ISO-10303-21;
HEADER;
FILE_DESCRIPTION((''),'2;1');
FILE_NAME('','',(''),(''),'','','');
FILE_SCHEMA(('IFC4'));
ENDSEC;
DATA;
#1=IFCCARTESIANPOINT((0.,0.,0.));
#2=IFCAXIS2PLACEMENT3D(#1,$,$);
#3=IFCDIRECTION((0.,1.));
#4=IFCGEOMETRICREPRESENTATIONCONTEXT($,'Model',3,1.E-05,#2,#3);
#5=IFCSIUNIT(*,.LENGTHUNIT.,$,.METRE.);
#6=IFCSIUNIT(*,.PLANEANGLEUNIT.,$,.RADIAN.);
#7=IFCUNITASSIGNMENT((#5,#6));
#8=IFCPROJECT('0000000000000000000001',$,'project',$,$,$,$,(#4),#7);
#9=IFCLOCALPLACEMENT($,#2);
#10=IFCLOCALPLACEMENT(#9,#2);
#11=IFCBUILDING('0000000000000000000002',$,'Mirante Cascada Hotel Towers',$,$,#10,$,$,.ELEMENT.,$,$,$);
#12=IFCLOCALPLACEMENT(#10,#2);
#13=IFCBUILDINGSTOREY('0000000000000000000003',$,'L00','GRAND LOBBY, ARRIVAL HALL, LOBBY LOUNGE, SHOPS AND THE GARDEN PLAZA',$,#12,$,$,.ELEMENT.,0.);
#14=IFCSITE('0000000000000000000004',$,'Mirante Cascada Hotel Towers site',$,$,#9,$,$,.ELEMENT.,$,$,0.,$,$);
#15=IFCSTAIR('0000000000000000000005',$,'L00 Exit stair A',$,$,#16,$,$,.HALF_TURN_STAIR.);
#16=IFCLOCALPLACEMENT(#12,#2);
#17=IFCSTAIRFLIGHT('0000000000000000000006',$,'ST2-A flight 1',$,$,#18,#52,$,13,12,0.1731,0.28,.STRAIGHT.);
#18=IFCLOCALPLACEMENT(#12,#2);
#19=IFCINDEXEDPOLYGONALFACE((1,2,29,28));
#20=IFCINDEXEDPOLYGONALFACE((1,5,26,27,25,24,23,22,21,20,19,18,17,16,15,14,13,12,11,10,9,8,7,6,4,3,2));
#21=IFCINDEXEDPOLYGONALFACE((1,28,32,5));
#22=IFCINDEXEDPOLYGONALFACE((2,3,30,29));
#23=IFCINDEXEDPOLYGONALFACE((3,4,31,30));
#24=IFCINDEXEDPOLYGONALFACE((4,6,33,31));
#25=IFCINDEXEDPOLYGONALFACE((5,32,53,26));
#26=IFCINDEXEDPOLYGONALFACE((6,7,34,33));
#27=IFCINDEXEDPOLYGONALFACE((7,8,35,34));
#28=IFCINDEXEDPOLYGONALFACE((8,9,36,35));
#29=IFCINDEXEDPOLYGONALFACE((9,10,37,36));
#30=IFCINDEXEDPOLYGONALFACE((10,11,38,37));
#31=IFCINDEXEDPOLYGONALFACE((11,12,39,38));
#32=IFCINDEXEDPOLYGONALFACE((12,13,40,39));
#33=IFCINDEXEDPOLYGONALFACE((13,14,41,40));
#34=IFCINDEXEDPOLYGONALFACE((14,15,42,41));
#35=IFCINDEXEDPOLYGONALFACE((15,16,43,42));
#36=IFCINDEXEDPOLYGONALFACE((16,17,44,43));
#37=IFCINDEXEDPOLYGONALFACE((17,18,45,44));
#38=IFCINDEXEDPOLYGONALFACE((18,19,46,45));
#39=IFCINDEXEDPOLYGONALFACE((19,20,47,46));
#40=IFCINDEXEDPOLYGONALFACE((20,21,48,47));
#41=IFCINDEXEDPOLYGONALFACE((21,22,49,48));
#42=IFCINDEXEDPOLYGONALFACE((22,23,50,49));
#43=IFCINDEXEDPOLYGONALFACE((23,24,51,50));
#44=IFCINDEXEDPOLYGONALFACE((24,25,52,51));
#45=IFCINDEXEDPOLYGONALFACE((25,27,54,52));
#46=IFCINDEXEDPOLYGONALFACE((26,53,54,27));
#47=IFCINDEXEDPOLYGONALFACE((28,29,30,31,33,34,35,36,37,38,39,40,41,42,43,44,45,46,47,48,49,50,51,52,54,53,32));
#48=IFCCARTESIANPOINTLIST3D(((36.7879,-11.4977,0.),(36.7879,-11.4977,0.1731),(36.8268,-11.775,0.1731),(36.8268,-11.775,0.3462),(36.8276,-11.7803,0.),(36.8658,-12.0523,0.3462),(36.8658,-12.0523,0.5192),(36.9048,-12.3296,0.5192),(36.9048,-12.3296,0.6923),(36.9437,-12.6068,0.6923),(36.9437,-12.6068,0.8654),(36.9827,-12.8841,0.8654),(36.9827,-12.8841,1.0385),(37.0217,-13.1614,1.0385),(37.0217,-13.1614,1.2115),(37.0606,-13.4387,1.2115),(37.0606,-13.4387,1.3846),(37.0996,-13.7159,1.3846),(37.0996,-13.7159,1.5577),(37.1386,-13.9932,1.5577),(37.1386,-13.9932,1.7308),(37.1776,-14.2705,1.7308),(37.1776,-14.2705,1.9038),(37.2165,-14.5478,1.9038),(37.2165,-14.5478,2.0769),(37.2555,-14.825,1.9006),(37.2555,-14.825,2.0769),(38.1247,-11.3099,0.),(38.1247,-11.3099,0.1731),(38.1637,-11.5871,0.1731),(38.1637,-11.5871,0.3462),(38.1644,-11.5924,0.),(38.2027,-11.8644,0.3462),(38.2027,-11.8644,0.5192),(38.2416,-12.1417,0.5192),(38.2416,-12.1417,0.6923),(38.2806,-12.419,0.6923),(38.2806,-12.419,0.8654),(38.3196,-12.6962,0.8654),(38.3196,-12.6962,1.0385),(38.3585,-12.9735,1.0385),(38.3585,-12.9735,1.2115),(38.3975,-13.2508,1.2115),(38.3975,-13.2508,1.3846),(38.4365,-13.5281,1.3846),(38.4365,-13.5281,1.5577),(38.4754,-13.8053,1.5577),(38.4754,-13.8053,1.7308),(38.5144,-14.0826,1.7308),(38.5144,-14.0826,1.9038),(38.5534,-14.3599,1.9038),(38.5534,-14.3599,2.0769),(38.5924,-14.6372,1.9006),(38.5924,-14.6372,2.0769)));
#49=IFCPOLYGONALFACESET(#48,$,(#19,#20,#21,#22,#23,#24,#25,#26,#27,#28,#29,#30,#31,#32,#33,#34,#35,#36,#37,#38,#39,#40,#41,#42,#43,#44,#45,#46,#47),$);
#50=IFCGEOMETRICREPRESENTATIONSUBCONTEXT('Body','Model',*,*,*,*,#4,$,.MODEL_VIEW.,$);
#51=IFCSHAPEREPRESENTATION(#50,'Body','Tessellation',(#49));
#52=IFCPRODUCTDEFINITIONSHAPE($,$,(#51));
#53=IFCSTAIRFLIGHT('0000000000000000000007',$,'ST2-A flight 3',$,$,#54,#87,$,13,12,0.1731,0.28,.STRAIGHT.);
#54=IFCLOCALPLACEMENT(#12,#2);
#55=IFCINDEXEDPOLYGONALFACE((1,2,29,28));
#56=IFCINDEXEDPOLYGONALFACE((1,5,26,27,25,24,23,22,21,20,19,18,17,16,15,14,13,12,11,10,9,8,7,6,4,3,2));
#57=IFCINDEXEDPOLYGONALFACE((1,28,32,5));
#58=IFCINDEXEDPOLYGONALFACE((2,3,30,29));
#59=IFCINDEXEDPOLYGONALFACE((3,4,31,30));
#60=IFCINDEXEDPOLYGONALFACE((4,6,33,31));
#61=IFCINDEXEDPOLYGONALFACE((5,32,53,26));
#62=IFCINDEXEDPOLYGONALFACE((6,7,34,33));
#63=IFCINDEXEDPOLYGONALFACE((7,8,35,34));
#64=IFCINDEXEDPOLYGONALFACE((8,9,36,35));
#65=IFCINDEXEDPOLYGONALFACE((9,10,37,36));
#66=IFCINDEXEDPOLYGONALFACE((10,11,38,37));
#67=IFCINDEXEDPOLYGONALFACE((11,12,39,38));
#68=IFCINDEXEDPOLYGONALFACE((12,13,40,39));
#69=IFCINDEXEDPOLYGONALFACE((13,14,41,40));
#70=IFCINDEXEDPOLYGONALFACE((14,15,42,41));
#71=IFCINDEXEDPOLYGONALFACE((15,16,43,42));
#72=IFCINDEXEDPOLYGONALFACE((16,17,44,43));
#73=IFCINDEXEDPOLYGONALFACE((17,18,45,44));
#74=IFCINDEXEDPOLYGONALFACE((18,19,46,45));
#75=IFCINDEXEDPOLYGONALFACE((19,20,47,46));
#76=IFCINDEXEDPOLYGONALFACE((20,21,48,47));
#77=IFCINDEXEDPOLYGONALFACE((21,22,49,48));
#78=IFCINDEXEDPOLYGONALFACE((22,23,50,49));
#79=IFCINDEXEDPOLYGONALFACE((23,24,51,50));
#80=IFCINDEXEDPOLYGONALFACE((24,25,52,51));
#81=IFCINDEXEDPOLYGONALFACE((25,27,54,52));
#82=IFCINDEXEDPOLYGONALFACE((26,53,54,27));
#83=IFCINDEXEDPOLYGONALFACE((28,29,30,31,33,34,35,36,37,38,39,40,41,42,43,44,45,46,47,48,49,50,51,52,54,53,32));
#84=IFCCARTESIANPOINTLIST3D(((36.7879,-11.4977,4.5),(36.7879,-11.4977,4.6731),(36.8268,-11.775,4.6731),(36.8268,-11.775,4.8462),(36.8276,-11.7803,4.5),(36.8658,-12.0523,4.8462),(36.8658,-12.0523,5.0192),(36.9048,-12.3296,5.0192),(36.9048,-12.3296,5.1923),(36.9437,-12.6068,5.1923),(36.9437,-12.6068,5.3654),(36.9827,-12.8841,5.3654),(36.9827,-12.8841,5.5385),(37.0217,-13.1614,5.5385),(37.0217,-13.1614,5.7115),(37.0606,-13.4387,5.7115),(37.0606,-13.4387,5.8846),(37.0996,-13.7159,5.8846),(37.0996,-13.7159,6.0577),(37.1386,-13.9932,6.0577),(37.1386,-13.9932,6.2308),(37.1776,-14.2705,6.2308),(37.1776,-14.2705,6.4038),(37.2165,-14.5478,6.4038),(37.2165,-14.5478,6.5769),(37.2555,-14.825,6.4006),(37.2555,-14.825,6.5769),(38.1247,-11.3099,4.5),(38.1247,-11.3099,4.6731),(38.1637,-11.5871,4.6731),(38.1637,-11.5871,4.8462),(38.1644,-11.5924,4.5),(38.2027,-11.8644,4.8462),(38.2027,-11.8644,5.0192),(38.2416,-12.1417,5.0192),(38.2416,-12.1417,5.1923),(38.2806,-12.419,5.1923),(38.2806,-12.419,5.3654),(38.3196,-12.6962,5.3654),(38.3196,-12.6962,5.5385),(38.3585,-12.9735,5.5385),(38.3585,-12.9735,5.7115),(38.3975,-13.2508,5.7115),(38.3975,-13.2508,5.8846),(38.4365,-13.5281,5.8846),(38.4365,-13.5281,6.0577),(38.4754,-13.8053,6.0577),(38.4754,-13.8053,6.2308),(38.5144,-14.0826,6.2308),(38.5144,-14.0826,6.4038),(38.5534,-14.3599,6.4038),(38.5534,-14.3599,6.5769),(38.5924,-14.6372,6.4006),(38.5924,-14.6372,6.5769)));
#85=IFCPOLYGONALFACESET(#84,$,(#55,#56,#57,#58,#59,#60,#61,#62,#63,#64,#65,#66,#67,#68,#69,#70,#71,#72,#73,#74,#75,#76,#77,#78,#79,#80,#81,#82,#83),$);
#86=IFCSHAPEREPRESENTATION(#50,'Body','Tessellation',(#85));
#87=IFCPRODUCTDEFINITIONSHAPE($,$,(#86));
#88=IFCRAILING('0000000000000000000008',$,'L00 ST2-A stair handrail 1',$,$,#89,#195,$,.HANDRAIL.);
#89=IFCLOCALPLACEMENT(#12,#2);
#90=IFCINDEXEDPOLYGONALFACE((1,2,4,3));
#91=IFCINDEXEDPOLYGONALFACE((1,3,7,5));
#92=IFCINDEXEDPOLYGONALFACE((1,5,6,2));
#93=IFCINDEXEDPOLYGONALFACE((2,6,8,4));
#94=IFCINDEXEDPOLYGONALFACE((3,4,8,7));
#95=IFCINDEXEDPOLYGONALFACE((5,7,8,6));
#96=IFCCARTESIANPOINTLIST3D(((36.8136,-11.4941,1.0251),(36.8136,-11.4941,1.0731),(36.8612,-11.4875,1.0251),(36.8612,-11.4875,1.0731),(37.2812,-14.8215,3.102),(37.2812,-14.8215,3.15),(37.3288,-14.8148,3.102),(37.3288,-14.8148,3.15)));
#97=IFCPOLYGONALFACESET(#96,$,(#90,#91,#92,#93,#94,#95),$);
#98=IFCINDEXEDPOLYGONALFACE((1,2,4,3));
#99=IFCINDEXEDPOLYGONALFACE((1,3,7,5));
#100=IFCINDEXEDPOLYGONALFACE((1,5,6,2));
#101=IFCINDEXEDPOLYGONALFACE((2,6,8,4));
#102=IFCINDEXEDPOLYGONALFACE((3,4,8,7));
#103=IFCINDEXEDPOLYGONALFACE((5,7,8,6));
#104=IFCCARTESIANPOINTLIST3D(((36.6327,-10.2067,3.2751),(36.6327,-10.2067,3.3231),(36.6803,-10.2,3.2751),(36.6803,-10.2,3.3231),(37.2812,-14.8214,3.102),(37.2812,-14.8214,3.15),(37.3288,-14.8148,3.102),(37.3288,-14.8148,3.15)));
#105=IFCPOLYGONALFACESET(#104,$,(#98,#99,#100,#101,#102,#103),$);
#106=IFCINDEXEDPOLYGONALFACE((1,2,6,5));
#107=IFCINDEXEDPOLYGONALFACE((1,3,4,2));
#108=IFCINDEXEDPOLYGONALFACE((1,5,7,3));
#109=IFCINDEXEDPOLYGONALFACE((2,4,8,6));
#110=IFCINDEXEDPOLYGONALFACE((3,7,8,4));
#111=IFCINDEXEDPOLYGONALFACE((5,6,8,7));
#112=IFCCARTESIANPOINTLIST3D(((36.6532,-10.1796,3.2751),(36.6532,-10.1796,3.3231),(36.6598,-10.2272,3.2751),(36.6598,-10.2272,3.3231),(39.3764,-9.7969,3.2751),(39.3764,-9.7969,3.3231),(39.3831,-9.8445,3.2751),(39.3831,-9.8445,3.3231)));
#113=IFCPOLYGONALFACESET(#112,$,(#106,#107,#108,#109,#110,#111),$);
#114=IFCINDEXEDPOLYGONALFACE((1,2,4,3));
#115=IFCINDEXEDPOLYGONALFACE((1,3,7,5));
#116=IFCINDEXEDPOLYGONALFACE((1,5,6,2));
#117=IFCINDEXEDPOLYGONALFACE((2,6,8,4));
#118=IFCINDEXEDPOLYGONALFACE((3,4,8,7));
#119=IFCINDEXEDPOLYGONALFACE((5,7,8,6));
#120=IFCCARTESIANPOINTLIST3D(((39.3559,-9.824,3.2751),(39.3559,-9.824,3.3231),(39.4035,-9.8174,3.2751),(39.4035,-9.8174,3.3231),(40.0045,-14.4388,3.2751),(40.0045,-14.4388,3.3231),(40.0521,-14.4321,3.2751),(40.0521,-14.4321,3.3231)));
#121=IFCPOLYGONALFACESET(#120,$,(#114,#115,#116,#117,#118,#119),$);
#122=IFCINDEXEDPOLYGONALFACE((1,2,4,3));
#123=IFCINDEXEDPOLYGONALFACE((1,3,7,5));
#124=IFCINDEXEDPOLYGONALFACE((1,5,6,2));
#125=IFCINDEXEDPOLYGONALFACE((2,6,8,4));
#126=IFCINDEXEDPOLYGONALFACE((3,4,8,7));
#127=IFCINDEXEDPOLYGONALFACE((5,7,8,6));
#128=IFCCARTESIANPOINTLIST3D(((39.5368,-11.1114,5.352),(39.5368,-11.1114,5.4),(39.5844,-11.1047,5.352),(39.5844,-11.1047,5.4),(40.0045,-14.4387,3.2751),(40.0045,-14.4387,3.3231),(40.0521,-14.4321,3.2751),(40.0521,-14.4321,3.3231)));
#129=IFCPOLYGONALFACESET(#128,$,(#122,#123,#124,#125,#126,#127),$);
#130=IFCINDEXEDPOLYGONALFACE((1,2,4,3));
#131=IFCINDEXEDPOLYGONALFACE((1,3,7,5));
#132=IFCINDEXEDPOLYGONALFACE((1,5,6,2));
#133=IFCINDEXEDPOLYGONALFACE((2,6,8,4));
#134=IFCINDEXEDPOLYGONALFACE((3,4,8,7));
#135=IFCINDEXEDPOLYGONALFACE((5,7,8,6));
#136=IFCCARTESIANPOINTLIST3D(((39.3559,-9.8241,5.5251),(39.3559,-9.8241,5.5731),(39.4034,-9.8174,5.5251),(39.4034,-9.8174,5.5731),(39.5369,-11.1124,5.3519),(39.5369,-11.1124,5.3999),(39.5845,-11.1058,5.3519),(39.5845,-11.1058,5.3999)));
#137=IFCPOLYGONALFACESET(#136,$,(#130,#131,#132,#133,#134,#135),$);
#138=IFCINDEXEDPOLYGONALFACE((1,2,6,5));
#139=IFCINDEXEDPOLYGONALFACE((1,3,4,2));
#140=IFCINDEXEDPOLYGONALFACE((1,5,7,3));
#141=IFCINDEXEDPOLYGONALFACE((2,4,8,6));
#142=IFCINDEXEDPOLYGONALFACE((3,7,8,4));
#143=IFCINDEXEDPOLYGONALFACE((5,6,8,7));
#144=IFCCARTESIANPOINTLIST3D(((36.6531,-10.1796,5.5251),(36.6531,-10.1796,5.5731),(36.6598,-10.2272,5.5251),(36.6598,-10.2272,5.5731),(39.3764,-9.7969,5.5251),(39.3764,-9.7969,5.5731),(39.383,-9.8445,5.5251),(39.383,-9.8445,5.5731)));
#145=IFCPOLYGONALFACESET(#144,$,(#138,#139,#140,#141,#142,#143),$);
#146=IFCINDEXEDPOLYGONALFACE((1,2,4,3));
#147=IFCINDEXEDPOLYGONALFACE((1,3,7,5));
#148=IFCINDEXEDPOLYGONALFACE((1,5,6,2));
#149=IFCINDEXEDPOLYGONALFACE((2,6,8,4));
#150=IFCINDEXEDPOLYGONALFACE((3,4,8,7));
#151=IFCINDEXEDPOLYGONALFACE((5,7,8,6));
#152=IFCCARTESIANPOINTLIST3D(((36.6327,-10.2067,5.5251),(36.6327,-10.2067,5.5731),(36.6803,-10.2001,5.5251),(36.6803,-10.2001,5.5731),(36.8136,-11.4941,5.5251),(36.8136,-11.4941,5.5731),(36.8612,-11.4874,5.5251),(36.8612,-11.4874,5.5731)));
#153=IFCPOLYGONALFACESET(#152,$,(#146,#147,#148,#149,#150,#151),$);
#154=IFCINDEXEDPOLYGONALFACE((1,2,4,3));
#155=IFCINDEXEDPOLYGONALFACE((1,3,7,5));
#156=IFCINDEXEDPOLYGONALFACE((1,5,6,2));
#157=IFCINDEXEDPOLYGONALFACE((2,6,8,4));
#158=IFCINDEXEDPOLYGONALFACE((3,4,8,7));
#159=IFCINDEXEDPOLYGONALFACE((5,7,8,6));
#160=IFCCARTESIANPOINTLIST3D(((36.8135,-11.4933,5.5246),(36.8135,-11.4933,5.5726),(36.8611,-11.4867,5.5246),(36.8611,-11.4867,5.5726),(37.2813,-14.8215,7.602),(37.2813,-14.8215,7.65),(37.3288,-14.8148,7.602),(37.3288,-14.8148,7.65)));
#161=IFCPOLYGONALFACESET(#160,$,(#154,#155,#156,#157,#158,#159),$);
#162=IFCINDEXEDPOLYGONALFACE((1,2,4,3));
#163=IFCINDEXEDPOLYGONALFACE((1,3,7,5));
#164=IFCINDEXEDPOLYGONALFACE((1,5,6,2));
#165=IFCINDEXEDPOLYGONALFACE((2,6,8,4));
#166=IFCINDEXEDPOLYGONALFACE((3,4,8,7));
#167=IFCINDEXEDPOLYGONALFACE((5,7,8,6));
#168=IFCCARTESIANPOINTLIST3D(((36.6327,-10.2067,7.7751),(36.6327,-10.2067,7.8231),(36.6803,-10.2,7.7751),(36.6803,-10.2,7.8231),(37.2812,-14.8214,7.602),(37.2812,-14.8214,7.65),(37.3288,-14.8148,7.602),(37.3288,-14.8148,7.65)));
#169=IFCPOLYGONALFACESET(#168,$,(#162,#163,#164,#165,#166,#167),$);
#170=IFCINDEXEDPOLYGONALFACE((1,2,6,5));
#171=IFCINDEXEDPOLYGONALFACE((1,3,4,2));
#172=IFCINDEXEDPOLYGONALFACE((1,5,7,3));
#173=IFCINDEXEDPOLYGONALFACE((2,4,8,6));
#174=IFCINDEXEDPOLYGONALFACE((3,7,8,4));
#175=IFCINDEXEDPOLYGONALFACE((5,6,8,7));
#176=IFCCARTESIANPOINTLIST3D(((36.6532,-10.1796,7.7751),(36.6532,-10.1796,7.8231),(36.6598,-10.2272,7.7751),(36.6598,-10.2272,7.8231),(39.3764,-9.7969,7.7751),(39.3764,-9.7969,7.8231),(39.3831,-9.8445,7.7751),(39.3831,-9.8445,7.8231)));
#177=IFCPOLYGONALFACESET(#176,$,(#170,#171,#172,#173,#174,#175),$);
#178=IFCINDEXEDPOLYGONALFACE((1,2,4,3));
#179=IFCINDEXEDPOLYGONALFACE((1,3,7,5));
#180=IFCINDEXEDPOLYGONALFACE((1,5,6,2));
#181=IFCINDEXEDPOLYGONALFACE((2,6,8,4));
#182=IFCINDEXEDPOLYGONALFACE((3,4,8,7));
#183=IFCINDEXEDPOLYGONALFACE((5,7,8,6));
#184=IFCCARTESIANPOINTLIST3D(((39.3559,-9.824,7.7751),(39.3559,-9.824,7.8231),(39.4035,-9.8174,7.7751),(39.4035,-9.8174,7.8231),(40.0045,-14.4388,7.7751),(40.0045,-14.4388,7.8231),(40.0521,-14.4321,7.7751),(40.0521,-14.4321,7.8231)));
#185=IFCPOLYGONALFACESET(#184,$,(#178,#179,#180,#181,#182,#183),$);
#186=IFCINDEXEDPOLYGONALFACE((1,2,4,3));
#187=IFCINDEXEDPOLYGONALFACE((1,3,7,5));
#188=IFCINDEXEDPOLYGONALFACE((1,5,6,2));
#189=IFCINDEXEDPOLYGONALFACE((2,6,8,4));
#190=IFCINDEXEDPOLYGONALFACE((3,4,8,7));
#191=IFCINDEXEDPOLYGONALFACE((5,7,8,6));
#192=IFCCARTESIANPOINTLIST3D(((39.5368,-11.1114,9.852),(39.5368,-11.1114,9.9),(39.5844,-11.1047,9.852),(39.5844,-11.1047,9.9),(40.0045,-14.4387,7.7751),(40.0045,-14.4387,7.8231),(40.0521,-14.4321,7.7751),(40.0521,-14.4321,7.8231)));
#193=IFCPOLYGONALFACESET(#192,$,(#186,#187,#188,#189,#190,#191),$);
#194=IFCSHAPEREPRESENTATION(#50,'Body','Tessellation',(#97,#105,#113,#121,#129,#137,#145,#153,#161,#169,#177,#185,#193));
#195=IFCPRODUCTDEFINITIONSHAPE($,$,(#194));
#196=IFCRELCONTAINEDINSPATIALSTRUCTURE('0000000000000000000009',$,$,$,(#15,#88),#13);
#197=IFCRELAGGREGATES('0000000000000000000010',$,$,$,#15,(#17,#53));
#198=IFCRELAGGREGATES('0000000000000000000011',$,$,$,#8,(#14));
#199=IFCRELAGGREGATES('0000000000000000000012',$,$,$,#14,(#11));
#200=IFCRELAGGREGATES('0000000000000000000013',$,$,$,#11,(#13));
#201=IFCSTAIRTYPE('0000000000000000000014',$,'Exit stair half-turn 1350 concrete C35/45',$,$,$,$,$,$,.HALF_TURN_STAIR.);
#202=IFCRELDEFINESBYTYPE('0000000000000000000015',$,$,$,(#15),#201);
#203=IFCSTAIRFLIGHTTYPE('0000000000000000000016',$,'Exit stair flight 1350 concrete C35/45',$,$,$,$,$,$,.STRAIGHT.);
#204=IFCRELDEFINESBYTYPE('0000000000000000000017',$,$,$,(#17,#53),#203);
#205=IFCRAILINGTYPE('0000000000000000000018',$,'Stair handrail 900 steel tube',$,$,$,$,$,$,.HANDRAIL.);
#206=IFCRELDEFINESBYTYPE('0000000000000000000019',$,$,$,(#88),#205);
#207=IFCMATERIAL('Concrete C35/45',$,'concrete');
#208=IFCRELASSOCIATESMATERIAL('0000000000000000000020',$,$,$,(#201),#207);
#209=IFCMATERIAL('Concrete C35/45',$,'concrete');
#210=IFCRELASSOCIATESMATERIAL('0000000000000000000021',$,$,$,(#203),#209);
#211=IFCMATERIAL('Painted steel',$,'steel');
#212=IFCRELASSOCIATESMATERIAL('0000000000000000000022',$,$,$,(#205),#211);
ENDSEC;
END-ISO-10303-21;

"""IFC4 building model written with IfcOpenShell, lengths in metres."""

from ifc_helpers import new_model, si_unit, direction, frame, origin, origin_2d, place, context, subcontext, project, spatial, polyline, rectangle, outline, extrude, material, type_object, element, aggregate, save


model = new_model("IFC4")

# Units and contexts
model_context = context("Model", 3, precision=1e-05, world=origin(), true_north=direction((0.0, 1.0)))
body_context = subcontext(model_context, "Body", "Model", "MODEL_VIEW")
ifc_project = project(units=[si_unit("LENGTHUNIT", "METRE"), si_unit("PLANEANGLEUNIT", "RADIAN")], contexts=[model_context])

# Site, building, storey
site_placement = place(None, origin())
site = spatial("IfcSite", under=ifc_project, at=site_placement, Name="Mirante Cascada Hotel Towers site", CompositionType="ELEMENT", RefElevation=0.0)
building_placement = place(site_placement, origin())
building = spatial("IfcBuilding", under=site, at=building_placement, Name="Mirante Cascada Hotel Towers", CompositionType="ELEMENT")
storey_placement = place(building_placement, origin())
storey = spatial("IfcBuildingStorey", under=building, at=storey_placement, Name="L00", Description="GRAND LOBBY, ARRIVAL HALL, LOBBY LOUNGE, SHOPS AND THE GARDEN PLAZA", CompositionType="ELEMENT", Elevation=0.0)

# Stair, stair flights
ifc_material_1 = material(Name="Concrete C35/45", Category="concrete")
stair_type = type_object("IfcStairType", Name="Exit stair half-turn 1350 concrete C35/45", PredefinedType="HALF_TURN_STAIR", material=ifc_material_1)
stair_placement = place(storey_placement, origin())
stair = element("IfcStair", 1, at=stair_placement, inside=storey, type_object=stair_type, Name="L00 Exit stair A", PredefinedType="HALF_TURN_STAIR")
ifc_material_2 = material(Name="Concrete C35/45", Category="concrete")
stair_flight_type = type_object("IfcStairFlightType", Name="Exit stair flight 1350 concrete C35/45", PredefinedType="STRAIGHT", material=ifc_material_2)
stair_flight_1_placement = place(storey_placement, frame((37.4563, -11.4038, 0.0), z_axis=(0.0, 0.0, 1.0), x_axis=(0.139173, -0.990268, 0.0)))
stair_flight_1 = element("IfcStairFlight", 2, at=stair_flight_1_placement, type_object=stair_flight_type, Name="ST2-A flight 1", NumberOfRisers=13, NumberOfTreads=12, PredefinedType="STRAIGHT", RiserHeight=0.1731, TreadLength=0.28, context=body_context, shape_type="SweptSolid", body=[
    extrude(outline(polyline([(0.0, 0.0), (0.0, 0.1731), (0.28, 0.1731), (0.28, 0.3462), (0.56, 0.3462), (0.56, 0.5192), (0.84, 0.5192), (0.84, 0.6923), (1.12, 0.6923), (1.12, 0.8654), (1.4, 0.8654), (1.4, 1.0385), (1.68, 1.0385), (1.68, 1.2115), (1.96, 1.2115), (1.96, 1.3846), (2.24, 1.3846), (2.24, 1.5577), (2.52, 1.5577), (2.52, 1.7308), (2.8, 1.7308), (2.8, 1.9038), (3.08, 1.9038), (3.08, 2.0769), (3.36, 2.0769), (3.36, 2.25), (3.36, 1.9006), (0.2853, 0.0), (0.0, 0.0)])), frame((0.0, 0.675, 0.0), z_axis=(0.0, -1.0, 0.0), x_axis=(1.0, 0.0, 0.0)), (0.0, 0.0, 1.0), 1.35),
])
stair_flight_2_placement = place(storey_placement, frame((37.4563, -11.4038, 4.5), z_axis=(0.0, 0.0, 1.0), x_axis=(0.139173, -0.990268, 0.0)))
stair_flight_2 = element("IfcStairFlight", 3, at=stair_flight_2_placement, type_object=stair_flight_type, Name="ST2-A flight 3", NumberOfRisers=13, NumberOfTreads=12, PredefinedType="STRAIGHT", RiserHeight=0.1731, TreadLength=0.28, context=body_context, shape_type="SweptSolid", body=[
    extrude(outline(polyline([(0.0, 0.0), (0.0, 0.1731), (0.28, 0.1731), (0.28, 0.3462), (0.56, 0.3462), (0.56, 0.5192), (0.84, 0.5192), (0.84, 0.6923), (1.12, 0.6923), (1.12, 0.8654), (1.4, 0.8654), (1.4, 1.0385), (1.68, 1.0385), (1.68, 1.2115), (1.96, 1.2115), (1.96, 1.3846), (2.24, 1.3846), (2.24, 1.5577), (2.52, 1.5577), (2.52, 1.7308), (2.8, 1.7308), (2.8, 1.9038), (3.08, 1.9038), (3.08, 2.0769), (3.36, 2.0769), (3.36, 2.25), (3.36, 1.9006), (0.2853, 0.0), (0.0, 0.0)])), frame((0.0, 0.675, 0.0), z_axis=(0.0, -1.0, 0.0), x_axis=(1.0, 0.0, 0.0)), (0.0, 0.0, 1.0), 1.35),
])
aggregate(stair, [stair_flight_1, stair_flight_2])

# Railing
ifc_material_3 = material(Name="Painted steel", Category="steel")
railing_type_1 = type_object("IfcRailingType", Name="Stair handrail 900 steel tube", PredefinedType="HANDRAIL", material=ifc_material_3)
railing_1_placement = place(storey_placement, frame((36.8374, -11.4908, 0.1731)))
element("IfcRailing", 4, at=railing_1_placement, inside=storey, type_object=railing_type_1, Name="L00 ST2-A stair handrail 1", PredefinedType="HANDRAIL", context=body_context, shape_type="SweptSolid", body=[
    extrude(rectangle(XDim=0.048, YDim=0.048, at=origin_2d()), frame((0.0, 0.0, 0.876), z_axis=(0.139167, -0.990269, 0.0), x_axis=(0.990269, 0.139167, 0.0)), (0.0, 0.525787, 0.850616), 3.9501),
    extrude(rectangle(XDim=0.048, YDim=0.048, at=origin_2d()), frame((0.4676, -3.3273, 2.9529), z_axis=(-0.139162, 0.99027, 0.0), x_axis=(-0.99027, -0.139162, 0.0)), (0.0, 0.03712, 0.999311), 4.6633),
    extrude(rectangle(XDim=0.048, YDim=0.048, at=origin_2d()), frame((-0.1809, 1.2874, 3.126), z_axis=(0.990269, 0.139166, 0.0), x_axis=(-0.139166, 0.990269, 0.0)), (0.0, 0.0, 1.0), 2.75),
    extrude(rectangle(XDim=0.048, YDim=0.048, at=origin_2d()), frame((2.5423, 1.6701, 3.126), z_axis=(0.139183, -0.990267, 0.0), x_axis=(0.990267, 0.139183, 0.0)), (0.0, 0.0, 1.0), 4.6601),
    extrude(rectangle(XDim=0.048, YDim=0.048, at=origin_2d()), frame((3.1909, -2.9446, 3.126), z_axis=(-0.139196, 0.990265, 0.0), x_axis=(-0.990265, -0.139196, 0.0)), (0.0, 0.525786, 0.850617), 3.9501),
    extrude(rectangle(XDim=0.048, YDim=0.048, at=origin_2d()), frame((2.7233, 0.3817, 5.2028), z_axis=(-0.139149, 0.990271, 0.0), x_axis=(-0.990271, -0.139149, 0.0)), (0.0, 0.131984, 0.991252), 1.3125),
    extrude(rectangle(XDim=0.048, YDim=0.048, at=origin_2d()), frame((2.5423, 1.6701, 5.376), z_axis=(-0.990269, -0.139166, 0.0), x_axis=(0.139166, -0.990269, 0.0)), (0.0, 0.0, 1.0), 2.75),
    extrude(rectangle(XDim=0.048, YDim=0.048, at=origin_2d()), frame((-0.1809, 1.2874, 5.376), z_axis=(0.139149, -0.990271, 0.0), x_axis=(0.990271, 0.139149, 0.0)), (0.0, 0.0, 1.0), 1.3),
    extrude(rectangle(XDim=0.048, YDim=0.048, at=origin_2d()), frame((-0.0001, 0.0008, 5.3755), z_axis=(0.139167, -0.990269, 0.0), x_axis=(0.990269, 0.139167, 0.0)), (0.0, 0.525787, 0.850616), 3.9511),
    extrude(rectangle(XDim=0.048, YDim=0.048, at=origin_2d()), frame((0.4676, -3.3273, 7.4529), z_axis=(-0.139162, 0.99027, 0.0), x_axis=(-0.99027, -0.139162, 0.0)), (0.0, 0.03712, 0.999311), 4.6633),
    extrude(rectangle(XDim=0.048, YDim=0.048, at=origin_2d()), frame((-0.1809, 1.2874, 7.626), z_axis=(0.990269, 0.139166, 0.0), x_axis=(-0.139166, 0.990269, 0.0)), (0.0, 0.0, 1.0), 2.75),
    extrude(rectangle(XDim=0.048, YDim=0.048, at=origin_2d()), frame((2.5423, 1.6701, 7.626), z_axis=(0.139183, -0.990267, 0.0), x_axis=(0.990267, 0.139183, 0.0)), (0.0, 0.0, 1.0), 4.6601),
    extrude(rectangle(XDim=0.048, YDim=0.048, at=origin_2d()), frame((3.1909, -2.9446, 7.626), z_axis=(-0.139196, 0.990265, 0.0), x_axis=(-0.990265, -0.139196, 0.0)), (0.0, 0.525786, 0.850617), 3.9501),
])

save(model, "model.ifc")
